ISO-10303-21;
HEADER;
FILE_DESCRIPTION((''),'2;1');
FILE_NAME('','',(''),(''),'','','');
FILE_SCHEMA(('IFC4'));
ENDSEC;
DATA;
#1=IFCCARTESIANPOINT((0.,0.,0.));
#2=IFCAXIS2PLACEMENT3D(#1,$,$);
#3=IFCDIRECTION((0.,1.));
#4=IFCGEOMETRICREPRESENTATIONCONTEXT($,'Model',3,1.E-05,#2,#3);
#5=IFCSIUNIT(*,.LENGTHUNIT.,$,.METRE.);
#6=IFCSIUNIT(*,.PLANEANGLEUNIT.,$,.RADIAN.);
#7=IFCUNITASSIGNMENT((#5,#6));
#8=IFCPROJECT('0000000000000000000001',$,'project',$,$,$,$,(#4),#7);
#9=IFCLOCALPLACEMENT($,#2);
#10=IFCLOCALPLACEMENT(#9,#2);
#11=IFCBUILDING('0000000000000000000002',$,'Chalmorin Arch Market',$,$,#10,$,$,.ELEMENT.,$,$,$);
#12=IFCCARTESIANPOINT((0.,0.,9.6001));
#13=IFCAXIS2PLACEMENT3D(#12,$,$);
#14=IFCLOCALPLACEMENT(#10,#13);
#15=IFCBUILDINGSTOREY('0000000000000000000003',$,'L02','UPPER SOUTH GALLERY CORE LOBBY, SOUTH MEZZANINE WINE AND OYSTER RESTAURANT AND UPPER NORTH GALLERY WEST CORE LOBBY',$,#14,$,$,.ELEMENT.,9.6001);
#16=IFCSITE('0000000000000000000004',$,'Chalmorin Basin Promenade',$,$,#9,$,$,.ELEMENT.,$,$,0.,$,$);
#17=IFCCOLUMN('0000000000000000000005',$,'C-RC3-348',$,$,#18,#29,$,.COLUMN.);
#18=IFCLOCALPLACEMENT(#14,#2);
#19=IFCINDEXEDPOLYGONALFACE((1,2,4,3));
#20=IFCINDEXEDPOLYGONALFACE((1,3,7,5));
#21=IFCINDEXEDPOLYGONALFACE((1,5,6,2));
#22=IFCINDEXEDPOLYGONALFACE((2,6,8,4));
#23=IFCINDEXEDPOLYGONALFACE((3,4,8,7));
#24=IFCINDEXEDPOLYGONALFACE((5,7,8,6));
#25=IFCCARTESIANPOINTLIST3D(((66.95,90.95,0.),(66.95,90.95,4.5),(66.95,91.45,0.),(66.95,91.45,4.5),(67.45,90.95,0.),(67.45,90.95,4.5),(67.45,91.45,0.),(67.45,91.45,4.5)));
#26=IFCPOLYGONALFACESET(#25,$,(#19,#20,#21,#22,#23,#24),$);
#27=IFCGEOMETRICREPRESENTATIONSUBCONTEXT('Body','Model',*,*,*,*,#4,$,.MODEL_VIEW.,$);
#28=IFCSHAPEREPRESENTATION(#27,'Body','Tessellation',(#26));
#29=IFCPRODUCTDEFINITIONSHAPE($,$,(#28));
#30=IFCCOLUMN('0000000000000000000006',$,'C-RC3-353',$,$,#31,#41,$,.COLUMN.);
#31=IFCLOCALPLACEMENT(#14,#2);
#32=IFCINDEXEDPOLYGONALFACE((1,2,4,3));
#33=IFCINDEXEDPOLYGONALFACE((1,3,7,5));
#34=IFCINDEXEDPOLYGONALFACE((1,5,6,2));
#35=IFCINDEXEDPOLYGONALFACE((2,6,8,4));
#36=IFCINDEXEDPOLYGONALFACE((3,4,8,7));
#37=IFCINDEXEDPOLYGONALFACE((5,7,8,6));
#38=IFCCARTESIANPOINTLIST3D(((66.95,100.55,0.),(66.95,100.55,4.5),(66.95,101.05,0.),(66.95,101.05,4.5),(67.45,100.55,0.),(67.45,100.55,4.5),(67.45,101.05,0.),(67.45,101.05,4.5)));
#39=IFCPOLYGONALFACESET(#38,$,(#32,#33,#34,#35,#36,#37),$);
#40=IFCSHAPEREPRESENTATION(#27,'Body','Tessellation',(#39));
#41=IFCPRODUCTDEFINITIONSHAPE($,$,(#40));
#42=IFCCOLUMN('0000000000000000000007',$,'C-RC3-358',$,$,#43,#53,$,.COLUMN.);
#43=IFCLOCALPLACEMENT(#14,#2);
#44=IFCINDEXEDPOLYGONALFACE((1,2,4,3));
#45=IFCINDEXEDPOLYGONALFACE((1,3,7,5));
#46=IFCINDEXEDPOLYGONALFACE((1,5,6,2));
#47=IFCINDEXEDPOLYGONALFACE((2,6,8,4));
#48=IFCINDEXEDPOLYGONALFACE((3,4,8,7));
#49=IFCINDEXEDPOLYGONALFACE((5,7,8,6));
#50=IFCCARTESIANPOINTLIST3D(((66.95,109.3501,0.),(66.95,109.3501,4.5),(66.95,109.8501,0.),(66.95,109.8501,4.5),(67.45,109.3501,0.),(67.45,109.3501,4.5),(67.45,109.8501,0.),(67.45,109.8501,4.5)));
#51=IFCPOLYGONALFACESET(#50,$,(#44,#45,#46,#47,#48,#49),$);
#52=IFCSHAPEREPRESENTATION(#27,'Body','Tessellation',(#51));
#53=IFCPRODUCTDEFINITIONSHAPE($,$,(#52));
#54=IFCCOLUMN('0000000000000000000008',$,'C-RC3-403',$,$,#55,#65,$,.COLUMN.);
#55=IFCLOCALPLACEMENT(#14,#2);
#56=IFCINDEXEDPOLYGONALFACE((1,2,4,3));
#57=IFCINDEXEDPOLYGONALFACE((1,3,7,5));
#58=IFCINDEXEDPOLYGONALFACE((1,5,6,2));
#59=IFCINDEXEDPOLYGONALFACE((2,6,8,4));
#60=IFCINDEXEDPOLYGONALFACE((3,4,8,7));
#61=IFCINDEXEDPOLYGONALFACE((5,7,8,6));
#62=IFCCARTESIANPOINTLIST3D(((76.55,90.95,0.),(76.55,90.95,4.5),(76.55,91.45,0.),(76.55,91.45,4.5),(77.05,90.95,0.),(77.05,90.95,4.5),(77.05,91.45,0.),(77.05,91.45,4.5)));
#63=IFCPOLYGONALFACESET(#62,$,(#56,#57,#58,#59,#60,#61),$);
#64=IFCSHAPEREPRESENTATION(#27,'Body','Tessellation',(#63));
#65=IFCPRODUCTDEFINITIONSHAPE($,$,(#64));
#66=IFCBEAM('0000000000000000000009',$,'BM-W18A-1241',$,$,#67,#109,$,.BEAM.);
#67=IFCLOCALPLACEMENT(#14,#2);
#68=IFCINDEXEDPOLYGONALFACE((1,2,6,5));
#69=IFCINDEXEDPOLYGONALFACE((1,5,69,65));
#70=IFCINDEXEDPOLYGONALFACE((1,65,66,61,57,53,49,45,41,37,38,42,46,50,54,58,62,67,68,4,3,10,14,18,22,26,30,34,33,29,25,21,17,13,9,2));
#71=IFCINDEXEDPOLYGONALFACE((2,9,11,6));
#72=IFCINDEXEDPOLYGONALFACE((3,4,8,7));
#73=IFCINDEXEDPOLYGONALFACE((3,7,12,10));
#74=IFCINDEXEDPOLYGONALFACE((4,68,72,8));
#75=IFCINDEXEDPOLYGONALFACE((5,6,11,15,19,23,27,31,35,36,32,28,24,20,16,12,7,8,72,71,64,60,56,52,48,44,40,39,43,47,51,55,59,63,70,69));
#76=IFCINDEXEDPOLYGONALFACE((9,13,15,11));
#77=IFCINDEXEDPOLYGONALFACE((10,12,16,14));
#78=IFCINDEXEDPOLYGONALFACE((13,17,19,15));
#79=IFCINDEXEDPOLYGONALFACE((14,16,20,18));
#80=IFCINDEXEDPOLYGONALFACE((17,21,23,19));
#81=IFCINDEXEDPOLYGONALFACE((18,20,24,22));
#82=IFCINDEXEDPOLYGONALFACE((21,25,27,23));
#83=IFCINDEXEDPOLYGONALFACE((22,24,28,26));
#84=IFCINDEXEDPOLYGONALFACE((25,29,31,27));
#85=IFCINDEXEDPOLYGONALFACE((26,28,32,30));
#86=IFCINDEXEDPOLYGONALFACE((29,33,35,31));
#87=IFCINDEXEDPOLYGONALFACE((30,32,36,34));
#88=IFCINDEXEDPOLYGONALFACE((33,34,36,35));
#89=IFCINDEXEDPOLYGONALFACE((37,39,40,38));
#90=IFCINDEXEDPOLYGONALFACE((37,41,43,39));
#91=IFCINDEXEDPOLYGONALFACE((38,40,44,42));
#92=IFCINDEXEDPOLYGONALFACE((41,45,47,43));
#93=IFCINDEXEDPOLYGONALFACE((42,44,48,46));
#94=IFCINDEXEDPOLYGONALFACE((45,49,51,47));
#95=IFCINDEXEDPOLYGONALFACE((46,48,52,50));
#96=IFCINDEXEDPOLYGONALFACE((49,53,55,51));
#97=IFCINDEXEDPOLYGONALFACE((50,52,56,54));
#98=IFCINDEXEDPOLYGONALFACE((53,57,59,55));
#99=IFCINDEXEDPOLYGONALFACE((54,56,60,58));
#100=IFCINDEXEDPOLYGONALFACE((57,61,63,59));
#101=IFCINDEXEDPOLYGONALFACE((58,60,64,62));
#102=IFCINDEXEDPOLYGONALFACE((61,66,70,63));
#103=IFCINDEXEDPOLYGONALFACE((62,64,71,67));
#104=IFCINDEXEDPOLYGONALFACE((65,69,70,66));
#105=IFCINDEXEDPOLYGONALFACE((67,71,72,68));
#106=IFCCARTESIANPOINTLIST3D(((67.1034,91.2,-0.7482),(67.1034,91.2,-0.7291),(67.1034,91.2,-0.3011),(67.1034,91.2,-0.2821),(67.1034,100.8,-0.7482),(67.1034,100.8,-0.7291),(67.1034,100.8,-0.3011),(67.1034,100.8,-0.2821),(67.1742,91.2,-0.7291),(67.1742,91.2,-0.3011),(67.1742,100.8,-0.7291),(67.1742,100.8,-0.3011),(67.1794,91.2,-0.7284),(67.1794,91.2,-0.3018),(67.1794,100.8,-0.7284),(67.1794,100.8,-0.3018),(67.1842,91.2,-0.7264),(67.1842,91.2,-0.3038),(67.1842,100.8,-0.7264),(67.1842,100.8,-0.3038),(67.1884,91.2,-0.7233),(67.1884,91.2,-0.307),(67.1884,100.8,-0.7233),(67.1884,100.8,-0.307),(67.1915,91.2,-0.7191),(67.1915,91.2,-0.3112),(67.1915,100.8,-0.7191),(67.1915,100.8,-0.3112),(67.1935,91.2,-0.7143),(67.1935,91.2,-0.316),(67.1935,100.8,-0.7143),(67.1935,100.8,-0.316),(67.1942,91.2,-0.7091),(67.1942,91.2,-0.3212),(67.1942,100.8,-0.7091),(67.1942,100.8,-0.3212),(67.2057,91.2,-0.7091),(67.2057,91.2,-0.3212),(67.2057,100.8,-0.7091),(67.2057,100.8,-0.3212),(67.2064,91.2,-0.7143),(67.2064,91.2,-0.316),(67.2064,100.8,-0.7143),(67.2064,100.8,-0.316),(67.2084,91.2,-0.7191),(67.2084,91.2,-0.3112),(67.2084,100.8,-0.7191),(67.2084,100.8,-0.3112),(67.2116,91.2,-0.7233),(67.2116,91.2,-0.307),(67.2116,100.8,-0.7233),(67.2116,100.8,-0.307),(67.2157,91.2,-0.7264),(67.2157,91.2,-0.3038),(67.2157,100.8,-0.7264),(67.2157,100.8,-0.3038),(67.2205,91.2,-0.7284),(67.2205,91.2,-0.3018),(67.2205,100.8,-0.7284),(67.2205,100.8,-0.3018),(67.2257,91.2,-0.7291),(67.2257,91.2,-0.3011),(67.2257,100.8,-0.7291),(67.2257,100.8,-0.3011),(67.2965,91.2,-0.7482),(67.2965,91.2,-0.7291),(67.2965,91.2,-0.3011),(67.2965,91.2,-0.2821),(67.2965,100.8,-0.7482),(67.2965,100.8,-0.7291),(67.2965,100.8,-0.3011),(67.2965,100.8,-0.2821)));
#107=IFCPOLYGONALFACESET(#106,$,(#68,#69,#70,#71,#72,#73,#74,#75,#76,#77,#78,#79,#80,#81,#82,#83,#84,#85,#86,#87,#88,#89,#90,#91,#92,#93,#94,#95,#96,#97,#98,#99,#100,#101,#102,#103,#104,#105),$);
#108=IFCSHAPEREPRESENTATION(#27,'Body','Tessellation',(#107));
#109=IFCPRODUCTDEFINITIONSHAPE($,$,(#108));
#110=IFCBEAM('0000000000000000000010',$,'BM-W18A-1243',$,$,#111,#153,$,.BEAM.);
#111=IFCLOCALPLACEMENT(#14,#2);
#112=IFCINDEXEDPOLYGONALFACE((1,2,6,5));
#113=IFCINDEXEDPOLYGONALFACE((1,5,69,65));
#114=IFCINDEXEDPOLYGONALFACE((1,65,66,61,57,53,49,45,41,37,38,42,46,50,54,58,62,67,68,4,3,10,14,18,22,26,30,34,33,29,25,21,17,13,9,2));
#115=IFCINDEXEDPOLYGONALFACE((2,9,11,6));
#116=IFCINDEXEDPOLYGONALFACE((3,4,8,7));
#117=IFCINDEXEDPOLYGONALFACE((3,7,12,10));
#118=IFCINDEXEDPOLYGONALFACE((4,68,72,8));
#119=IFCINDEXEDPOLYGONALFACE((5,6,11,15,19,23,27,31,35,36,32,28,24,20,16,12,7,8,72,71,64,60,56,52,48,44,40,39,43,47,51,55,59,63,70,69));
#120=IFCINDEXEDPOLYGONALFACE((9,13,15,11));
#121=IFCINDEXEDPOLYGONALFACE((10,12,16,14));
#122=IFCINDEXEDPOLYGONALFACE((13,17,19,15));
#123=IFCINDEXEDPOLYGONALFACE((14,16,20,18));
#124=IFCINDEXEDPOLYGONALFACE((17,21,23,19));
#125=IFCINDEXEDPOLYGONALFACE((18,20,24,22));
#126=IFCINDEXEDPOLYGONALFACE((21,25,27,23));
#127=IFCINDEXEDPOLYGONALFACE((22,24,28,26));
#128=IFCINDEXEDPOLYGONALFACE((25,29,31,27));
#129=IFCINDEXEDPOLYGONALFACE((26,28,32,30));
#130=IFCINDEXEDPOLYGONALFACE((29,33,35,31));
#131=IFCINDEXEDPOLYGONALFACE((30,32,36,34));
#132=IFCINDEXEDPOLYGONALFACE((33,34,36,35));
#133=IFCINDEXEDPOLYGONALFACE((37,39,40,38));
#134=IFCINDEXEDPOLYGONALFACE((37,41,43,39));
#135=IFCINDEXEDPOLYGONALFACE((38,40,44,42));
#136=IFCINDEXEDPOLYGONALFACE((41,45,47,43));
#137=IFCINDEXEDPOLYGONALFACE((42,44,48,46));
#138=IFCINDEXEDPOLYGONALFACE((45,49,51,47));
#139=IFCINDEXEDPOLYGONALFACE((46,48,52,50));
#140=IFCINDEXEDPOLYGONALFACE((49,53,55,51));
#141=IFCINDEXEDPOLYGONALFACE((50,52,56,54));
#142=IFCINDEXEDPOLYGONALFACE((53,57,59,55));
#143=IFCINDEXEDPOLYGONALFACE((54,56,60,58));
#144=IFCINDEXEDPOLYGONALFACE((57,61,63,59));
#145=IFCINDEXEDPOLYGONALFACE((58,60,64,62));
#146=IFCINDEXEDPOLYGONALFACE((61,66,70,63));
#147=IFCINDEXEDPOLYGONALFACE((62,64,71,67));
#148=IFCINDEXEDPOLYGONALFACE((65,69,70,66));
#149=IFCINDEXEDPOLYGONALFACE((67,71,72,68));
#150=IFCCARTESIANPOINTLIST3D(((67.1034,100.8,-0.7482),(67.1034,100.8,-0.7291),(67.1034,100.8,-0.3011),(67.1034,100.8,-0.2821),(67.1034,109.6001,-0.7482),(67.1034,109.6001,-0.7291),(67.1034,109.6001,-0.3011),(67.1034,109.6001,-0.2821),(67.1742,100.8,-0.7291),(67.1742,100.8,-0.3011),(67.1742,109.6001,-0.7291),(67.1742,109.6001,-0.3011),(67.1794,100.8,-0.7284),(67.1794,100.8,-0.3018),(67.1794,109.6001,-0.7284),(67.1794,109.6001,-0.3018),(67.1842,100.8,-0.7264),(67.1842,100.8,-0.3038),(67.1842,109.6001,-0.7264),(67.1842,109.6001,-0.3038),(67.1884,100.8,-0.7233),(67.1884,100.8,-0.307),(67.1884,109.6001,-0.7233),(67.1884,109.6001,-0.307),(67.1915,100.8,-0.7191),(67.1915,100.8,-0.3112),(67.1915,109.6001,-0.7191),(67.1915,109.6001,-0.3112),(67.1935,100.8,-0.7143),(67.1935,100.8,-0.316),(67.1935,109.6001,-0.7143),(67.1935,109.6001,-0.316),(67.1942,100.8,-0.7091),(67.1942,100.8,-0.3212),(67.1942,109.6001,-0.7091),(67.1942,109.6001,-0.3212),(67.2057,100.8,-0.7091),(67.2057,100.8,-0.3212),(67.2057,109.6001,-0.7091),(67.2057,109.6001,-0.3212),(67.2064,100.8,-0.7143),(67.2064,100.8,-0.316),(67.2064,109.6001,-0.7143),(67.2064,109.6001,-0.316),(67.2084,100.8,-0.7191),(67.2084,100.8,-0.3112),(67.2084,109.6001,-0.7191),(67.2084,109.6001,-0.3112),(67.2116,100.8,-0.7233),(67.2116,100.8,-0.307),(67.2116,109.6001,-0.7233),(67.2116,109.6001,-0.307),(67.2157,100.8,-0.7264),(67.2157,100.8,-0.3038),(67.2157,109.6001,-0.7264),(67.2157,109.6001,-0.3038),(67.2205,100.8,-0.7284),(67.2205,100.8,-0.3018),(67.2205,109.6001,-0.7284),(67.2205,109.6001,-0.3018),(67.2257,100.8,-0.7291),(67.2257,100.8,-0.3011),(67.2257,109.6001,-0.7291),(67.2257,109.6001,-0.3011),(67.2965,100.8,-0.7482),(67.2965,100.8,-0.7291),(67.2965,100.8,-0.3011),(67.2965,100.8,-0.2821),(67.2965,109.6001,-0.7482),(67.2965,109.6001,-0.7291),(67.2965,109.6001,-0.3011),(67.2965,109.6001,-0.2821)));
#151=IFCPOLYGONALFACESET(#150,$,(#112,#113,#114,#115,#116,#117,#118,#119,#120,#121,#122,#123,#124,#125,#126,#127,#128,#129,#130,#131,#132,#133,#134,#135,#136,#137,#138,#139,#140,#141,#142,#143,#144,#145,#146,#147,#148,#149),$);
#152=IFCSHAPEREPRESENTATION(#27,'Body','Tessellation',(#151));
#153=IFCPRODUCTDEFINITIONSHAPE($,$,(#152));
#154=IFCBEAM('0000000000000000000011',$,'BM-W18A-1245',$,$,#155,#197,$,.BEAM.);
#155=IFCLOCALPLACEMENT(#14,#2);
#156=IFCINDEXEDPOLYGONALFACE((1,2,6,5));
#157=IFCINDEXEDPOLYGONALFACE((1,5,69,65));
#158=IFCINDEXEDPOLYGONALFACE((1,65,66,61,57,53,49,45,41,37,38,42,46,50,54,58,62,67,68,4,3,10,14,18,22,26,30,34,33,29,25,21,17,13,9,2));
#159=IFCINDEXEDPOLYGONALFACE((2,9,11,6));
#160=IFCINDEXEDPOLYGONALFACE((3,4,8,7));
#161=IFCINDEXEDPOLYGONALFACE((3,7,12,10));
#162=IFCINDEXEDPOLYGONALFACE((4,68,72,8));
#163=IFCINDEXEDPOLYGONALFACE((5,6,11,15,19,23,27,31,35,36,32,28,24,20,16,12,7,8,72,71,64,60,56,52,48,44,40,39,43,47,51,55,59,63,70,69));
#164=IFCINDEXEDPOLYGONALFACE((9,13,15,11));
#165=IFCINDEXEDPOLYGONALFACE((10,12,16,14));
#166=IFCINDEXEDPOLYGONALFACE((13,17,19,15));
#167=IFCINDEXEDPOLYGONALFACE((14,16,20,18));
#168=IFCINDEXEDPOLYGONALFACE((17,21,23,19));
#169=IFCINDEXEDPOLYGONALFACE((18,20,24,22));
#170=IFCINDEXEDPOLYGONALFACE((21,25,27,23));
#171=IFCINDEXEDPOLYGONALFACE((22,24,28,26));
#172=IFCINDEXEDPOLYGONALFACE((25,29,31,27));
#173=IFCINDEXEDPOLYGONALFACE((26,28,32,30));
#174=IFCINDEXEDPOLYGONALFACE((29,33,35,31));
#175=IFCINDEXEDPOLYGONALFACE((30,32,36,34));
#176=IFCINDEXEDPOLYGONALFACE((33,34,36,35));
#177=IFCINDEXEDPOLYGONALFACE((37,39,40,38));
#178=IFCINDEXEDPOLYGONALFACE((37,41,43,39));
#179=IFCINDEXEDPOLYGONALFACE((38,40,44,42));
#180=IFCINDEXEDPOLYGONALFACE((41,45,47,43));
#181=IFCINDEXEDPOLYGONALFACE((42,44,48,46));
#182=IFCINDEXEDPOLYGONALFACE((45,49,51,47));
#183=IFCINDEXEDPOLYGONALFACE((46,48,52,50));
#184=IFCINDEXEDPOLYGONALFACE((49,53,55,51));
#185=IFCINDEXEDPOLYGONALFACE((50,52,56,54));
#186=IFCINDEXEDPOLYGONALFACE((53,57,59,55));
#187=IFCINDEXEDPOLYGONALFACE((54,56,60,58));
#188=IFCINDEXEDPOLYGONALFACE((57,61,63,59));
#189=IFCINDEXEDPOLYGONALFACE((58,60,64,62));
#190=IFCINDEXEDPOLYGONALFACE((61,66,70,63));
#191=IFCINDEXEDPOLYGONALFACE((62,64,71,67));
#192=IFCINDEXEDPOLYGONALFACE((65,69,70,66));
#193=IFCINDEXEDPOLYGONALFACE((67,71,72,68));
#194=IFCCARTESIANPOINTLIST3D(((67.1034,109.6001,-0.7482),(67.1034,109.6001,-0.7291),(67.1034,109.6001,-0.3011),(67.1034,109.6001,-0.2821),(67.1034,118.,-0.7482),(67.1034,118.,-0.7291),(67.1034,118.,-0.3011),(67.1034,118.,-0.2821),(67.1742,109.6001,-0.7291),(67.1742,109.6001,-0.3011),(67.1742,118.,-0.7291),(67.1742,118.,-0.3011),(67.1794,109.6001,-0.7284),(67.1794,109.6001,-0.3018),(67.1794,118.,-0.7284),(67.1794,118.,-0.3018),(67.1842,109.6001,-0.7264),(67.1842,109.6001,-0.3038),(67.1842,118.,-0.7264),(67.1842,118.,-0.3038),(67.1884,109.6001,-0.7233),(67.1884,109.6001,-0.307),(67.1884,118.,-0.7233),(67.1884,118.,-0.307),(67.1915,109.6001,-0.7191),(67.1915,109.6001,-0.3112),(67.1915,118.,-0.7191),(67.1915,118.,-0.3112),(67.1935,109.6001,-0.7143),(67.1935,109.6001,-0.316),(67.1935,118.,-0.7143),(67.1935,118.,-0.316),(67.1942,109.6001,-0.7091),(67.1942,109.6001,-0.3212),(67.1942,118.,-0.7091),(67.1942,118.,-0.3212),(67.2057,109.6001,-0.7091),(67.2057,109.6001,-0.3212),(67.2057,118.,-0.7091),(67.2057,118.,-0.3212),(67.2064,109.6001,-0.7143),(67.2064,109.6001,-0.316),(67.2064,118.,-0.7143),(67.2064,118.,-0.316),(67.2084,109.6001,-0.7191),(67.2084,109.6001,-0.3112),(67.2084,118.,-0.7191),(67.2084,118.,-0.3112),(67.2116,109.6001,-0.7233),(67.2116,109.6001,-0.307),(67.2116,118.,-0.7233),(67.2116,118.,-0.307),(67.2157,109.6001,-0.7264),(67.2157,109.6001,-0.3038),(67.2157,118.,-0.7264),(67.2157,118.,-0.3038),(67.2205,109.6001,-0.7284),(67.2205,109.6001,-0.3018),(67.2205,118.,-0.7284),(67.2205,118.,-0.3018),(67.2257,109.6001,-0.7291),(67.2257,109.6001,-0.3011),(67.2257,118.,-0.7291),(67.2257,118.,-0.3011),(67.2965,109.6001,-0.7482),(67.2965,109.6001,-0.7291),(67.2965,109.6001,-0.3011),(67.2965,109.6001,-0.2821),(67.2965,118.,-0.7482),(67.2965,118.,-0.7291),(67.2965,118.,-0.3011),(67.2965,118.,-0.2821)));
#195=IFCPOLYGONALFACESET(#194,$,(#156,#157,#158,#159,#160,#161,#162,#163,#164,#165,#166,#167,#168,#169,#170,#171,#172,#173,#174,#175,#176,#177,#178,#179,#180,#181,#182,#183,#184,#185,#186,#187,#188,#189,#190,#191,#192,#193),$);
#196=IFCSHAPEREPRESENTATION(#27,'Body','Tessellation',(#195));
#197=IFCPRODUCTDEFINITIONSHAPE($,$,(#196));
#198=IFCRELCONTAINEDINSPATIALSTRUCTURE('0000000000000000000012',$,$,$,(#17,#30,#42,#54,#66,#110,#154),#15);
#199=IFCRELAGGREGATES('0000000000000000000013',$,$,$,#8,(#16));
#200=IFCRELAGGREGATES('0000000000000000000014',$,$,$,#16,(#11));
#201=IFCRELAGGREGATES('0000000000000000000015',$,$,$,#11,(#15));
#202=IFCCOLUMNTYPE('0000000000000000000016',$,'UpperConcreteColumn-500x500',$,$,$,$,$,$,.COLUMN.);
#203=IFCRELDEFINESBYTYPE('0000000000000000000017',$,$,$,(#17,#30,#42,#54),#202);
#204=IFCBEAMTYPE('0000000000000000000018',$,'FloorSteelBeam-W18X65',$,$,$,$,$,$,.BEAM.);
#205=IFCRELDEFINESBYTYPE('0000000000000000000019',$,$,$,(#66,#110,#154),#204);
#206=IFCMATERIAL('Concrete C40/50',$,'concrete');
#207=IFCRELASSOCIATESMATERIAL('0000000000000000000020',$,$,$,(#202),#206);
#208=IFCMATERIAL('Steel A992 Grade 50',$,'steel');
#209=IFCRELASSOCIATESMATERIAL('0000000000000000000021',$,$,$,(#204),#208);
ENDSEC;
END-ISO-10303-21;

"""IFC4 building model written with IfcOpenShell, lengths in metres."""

from ifc_helpers import new_model, si_unit, direction, frame, origin, origin_2d, place, context, subcontext, project, spatial, rectangle, i_section, extrude, material, material_profile, profile_set, type_object, element, save


model = new_model("IFC4")

# Units and contexts
model_context = context("Model", 3, precision=1e-05, world=origin(), true_north=direction((0.0, 1.0)))
body_context = subcontext(model_context, "Body", "Model", "MODEL_VIEW")
ifc_project = project(units=[si_unit("LENGTHUNIT", "METRE"), si_unit("PLANEANGLEUNIT", "RADIAN")], contexts=[model_context])

# Site, building, storey
site_placement = place(None, origin())
site = spatial("IfcSite", under=ifc_project, at=site_placement, Name="Chalmorin Basin Promenade", CompositionType="ELEMENT", RefElevation=0.0)
building_placement = place(site_placement, origin())
building = spatial("IfcBuilding", under=site, at=building_placement, Name="Chalmorin Arch Market", CompositionType="ELEMENT")
storey_placement = place(building_placement, frame((0.0, 0.0, 9.6001)))
storey = spatial("IfcBuildingStorey", under=building, at=storey_placement, Name="L02", Description="UPPER SOUTH GALLERY CORE LOBBY, SOUTH MEZZANINE WINE AND OYSTER RESTAURANT AND UPPER NORTH GALLERY WEST CORE LOBBY", CompositionType="ELEMENT", Elevation=9.6001)

# Columns
ifc_material_1 = material(Name="Concrete C40/50", Category="concrete")
ifc_material_profile_1 = material_profile(ifc_material_1, rectangle(XDim=0.5, YDim=0.5, at=origin_2d()), Name="RC500X500")
ifc_profile_set_1 = profile_set([ifc_material_profile_1], Name="Concrete C40/50")
column_type = type_object("IfcColumnType", Name="UpperConcreteColumn-500x500", PredefinedType="COLUMN", material=ifc_profile_set_1)
for number, where, z_axis, x_axis, name in (
    (1, (67.2, 91.2, 0.0), (0.0, 0.0, 1.0), (1.0, 0.0, 0.0), "C-RC3-348"),
    (2, (67.2, 100.8, 0.0), (0.0, 0.0, 1.0), (1.0, 0.0, 0.0), "C-RC3-353"),
    (3, (67.2, 109.6001, 0.0), (0.0, 0.0, 1.0), (1.0, 0.0, 0.0), "C-RC3-358"),
    (4, (76.8, 91.2, 0.0), (0.0, 0.0, 1.0), (1.0, 0.0, 0.0), "C-RC3-403"),
):
    element("IfcColumn", number, at=place(storey_placement, frame(where, z_axis=z_axis, x_axis=x_axis)), inside=storey, type_object=column_type, Name=name, PredefinedType="COLUMN", context=body_context, shape_type="SweptSolid", body=[
        extrude(rectangle(XDim=0.5, YDim=0.5, at=origin_2d()), origin(), (0.0, 0.0, 1.0), 4.5),
    ])

# Beams
ifc_material_2 = material(Name="Steel A992 Grade 50", Category="steel")
ifc_material_profile_2 = material_profile(ifc_material_2, i_section(OverallWidth=0.1931, OverallDepth=0.4661, WebThickness=0.0115, FlangeThickness=0.019, FilletRadius=0.02, at=origin_2d()), Name="W18X65")
ifc_profile_set_2 = profile_set([ifc_material_profile_2], Name="Steel A992 Grade 50")
beam_type_1 = type_object("IfcBeamType", Name="FloorSteelBeam-W18X65", PredefinedType="BEAM", material=ifc_profile_set_2)
beam_1_placement = place(storey_placement, frame((67.2, 91.2, -0.5151), z_axis=(0.0, 1.0, 0.0), x_axis=(-1.0, 0.0, 0.0)))
element("IfcBeam", 5, at=beam_1_placement, inside=storey, type_object=beam_type_1, Name="BM-W18A-1241", PredefinedType="BEAM", context=body_context, shape_type="SweptSolid", body=[
    extrude(i_section(OverallWidth=0.1931, OverallDepth=0.4661, WebThickness=0.0115, FlangeThickness=0.019, FilletRadius=0.02, at=origin_2d()), origin(), (0.0, 0.0, 1.0), 9.6001),
])
beam_2_placement = place(storey_placement, frame((67.2, 100.8, -0.5151), z_axis=(0.0, 1.0, 0.0), x_axis=(-1.0, 0.0, 0.0)))
element("IfcBeam", 6, at=beam_2_placement, inside=storey, type_object=beam_type_1, Name="BM-W18A-1243", PredefinedType="BEAM", context=body_context, shape_type="SweptSolid", body=[
    extrude(i_section(OverallWidth=0.1931, OverallDepth=0.4661, WebThickness=0.0115, FlangeThickness=0.019, FilletRadius=0.02, at=origin_2d()), origin(), (0.0, 0.0, 1.0), 8.8),
])
beam_3_placement = place(storey_placement, frame((67.2, 109.6001, -0.5151), z_axis=(0.0, 1.0, 0.0), x_axis=(-1.0, 0.0, 0.0)))
element("IfcBeam", 7, at=beam_3_placement, inside=storey, type_object=beam_type_1, Name="BM-W18A-1245", PredefinedType="BEAM", context=body_context, shape_type="SweptSolid", body=[
    extrude(i_section(OverallWidth=0.1931, OverallDepth=0.4661, WebThickness=0.0115, FlangeThickness=0.019, FilletRadius=0.02, at=origin_2d()), origin(), (0.0, 0.0, 1.0), 8.3999),
])

save(model, "model.ifc")
